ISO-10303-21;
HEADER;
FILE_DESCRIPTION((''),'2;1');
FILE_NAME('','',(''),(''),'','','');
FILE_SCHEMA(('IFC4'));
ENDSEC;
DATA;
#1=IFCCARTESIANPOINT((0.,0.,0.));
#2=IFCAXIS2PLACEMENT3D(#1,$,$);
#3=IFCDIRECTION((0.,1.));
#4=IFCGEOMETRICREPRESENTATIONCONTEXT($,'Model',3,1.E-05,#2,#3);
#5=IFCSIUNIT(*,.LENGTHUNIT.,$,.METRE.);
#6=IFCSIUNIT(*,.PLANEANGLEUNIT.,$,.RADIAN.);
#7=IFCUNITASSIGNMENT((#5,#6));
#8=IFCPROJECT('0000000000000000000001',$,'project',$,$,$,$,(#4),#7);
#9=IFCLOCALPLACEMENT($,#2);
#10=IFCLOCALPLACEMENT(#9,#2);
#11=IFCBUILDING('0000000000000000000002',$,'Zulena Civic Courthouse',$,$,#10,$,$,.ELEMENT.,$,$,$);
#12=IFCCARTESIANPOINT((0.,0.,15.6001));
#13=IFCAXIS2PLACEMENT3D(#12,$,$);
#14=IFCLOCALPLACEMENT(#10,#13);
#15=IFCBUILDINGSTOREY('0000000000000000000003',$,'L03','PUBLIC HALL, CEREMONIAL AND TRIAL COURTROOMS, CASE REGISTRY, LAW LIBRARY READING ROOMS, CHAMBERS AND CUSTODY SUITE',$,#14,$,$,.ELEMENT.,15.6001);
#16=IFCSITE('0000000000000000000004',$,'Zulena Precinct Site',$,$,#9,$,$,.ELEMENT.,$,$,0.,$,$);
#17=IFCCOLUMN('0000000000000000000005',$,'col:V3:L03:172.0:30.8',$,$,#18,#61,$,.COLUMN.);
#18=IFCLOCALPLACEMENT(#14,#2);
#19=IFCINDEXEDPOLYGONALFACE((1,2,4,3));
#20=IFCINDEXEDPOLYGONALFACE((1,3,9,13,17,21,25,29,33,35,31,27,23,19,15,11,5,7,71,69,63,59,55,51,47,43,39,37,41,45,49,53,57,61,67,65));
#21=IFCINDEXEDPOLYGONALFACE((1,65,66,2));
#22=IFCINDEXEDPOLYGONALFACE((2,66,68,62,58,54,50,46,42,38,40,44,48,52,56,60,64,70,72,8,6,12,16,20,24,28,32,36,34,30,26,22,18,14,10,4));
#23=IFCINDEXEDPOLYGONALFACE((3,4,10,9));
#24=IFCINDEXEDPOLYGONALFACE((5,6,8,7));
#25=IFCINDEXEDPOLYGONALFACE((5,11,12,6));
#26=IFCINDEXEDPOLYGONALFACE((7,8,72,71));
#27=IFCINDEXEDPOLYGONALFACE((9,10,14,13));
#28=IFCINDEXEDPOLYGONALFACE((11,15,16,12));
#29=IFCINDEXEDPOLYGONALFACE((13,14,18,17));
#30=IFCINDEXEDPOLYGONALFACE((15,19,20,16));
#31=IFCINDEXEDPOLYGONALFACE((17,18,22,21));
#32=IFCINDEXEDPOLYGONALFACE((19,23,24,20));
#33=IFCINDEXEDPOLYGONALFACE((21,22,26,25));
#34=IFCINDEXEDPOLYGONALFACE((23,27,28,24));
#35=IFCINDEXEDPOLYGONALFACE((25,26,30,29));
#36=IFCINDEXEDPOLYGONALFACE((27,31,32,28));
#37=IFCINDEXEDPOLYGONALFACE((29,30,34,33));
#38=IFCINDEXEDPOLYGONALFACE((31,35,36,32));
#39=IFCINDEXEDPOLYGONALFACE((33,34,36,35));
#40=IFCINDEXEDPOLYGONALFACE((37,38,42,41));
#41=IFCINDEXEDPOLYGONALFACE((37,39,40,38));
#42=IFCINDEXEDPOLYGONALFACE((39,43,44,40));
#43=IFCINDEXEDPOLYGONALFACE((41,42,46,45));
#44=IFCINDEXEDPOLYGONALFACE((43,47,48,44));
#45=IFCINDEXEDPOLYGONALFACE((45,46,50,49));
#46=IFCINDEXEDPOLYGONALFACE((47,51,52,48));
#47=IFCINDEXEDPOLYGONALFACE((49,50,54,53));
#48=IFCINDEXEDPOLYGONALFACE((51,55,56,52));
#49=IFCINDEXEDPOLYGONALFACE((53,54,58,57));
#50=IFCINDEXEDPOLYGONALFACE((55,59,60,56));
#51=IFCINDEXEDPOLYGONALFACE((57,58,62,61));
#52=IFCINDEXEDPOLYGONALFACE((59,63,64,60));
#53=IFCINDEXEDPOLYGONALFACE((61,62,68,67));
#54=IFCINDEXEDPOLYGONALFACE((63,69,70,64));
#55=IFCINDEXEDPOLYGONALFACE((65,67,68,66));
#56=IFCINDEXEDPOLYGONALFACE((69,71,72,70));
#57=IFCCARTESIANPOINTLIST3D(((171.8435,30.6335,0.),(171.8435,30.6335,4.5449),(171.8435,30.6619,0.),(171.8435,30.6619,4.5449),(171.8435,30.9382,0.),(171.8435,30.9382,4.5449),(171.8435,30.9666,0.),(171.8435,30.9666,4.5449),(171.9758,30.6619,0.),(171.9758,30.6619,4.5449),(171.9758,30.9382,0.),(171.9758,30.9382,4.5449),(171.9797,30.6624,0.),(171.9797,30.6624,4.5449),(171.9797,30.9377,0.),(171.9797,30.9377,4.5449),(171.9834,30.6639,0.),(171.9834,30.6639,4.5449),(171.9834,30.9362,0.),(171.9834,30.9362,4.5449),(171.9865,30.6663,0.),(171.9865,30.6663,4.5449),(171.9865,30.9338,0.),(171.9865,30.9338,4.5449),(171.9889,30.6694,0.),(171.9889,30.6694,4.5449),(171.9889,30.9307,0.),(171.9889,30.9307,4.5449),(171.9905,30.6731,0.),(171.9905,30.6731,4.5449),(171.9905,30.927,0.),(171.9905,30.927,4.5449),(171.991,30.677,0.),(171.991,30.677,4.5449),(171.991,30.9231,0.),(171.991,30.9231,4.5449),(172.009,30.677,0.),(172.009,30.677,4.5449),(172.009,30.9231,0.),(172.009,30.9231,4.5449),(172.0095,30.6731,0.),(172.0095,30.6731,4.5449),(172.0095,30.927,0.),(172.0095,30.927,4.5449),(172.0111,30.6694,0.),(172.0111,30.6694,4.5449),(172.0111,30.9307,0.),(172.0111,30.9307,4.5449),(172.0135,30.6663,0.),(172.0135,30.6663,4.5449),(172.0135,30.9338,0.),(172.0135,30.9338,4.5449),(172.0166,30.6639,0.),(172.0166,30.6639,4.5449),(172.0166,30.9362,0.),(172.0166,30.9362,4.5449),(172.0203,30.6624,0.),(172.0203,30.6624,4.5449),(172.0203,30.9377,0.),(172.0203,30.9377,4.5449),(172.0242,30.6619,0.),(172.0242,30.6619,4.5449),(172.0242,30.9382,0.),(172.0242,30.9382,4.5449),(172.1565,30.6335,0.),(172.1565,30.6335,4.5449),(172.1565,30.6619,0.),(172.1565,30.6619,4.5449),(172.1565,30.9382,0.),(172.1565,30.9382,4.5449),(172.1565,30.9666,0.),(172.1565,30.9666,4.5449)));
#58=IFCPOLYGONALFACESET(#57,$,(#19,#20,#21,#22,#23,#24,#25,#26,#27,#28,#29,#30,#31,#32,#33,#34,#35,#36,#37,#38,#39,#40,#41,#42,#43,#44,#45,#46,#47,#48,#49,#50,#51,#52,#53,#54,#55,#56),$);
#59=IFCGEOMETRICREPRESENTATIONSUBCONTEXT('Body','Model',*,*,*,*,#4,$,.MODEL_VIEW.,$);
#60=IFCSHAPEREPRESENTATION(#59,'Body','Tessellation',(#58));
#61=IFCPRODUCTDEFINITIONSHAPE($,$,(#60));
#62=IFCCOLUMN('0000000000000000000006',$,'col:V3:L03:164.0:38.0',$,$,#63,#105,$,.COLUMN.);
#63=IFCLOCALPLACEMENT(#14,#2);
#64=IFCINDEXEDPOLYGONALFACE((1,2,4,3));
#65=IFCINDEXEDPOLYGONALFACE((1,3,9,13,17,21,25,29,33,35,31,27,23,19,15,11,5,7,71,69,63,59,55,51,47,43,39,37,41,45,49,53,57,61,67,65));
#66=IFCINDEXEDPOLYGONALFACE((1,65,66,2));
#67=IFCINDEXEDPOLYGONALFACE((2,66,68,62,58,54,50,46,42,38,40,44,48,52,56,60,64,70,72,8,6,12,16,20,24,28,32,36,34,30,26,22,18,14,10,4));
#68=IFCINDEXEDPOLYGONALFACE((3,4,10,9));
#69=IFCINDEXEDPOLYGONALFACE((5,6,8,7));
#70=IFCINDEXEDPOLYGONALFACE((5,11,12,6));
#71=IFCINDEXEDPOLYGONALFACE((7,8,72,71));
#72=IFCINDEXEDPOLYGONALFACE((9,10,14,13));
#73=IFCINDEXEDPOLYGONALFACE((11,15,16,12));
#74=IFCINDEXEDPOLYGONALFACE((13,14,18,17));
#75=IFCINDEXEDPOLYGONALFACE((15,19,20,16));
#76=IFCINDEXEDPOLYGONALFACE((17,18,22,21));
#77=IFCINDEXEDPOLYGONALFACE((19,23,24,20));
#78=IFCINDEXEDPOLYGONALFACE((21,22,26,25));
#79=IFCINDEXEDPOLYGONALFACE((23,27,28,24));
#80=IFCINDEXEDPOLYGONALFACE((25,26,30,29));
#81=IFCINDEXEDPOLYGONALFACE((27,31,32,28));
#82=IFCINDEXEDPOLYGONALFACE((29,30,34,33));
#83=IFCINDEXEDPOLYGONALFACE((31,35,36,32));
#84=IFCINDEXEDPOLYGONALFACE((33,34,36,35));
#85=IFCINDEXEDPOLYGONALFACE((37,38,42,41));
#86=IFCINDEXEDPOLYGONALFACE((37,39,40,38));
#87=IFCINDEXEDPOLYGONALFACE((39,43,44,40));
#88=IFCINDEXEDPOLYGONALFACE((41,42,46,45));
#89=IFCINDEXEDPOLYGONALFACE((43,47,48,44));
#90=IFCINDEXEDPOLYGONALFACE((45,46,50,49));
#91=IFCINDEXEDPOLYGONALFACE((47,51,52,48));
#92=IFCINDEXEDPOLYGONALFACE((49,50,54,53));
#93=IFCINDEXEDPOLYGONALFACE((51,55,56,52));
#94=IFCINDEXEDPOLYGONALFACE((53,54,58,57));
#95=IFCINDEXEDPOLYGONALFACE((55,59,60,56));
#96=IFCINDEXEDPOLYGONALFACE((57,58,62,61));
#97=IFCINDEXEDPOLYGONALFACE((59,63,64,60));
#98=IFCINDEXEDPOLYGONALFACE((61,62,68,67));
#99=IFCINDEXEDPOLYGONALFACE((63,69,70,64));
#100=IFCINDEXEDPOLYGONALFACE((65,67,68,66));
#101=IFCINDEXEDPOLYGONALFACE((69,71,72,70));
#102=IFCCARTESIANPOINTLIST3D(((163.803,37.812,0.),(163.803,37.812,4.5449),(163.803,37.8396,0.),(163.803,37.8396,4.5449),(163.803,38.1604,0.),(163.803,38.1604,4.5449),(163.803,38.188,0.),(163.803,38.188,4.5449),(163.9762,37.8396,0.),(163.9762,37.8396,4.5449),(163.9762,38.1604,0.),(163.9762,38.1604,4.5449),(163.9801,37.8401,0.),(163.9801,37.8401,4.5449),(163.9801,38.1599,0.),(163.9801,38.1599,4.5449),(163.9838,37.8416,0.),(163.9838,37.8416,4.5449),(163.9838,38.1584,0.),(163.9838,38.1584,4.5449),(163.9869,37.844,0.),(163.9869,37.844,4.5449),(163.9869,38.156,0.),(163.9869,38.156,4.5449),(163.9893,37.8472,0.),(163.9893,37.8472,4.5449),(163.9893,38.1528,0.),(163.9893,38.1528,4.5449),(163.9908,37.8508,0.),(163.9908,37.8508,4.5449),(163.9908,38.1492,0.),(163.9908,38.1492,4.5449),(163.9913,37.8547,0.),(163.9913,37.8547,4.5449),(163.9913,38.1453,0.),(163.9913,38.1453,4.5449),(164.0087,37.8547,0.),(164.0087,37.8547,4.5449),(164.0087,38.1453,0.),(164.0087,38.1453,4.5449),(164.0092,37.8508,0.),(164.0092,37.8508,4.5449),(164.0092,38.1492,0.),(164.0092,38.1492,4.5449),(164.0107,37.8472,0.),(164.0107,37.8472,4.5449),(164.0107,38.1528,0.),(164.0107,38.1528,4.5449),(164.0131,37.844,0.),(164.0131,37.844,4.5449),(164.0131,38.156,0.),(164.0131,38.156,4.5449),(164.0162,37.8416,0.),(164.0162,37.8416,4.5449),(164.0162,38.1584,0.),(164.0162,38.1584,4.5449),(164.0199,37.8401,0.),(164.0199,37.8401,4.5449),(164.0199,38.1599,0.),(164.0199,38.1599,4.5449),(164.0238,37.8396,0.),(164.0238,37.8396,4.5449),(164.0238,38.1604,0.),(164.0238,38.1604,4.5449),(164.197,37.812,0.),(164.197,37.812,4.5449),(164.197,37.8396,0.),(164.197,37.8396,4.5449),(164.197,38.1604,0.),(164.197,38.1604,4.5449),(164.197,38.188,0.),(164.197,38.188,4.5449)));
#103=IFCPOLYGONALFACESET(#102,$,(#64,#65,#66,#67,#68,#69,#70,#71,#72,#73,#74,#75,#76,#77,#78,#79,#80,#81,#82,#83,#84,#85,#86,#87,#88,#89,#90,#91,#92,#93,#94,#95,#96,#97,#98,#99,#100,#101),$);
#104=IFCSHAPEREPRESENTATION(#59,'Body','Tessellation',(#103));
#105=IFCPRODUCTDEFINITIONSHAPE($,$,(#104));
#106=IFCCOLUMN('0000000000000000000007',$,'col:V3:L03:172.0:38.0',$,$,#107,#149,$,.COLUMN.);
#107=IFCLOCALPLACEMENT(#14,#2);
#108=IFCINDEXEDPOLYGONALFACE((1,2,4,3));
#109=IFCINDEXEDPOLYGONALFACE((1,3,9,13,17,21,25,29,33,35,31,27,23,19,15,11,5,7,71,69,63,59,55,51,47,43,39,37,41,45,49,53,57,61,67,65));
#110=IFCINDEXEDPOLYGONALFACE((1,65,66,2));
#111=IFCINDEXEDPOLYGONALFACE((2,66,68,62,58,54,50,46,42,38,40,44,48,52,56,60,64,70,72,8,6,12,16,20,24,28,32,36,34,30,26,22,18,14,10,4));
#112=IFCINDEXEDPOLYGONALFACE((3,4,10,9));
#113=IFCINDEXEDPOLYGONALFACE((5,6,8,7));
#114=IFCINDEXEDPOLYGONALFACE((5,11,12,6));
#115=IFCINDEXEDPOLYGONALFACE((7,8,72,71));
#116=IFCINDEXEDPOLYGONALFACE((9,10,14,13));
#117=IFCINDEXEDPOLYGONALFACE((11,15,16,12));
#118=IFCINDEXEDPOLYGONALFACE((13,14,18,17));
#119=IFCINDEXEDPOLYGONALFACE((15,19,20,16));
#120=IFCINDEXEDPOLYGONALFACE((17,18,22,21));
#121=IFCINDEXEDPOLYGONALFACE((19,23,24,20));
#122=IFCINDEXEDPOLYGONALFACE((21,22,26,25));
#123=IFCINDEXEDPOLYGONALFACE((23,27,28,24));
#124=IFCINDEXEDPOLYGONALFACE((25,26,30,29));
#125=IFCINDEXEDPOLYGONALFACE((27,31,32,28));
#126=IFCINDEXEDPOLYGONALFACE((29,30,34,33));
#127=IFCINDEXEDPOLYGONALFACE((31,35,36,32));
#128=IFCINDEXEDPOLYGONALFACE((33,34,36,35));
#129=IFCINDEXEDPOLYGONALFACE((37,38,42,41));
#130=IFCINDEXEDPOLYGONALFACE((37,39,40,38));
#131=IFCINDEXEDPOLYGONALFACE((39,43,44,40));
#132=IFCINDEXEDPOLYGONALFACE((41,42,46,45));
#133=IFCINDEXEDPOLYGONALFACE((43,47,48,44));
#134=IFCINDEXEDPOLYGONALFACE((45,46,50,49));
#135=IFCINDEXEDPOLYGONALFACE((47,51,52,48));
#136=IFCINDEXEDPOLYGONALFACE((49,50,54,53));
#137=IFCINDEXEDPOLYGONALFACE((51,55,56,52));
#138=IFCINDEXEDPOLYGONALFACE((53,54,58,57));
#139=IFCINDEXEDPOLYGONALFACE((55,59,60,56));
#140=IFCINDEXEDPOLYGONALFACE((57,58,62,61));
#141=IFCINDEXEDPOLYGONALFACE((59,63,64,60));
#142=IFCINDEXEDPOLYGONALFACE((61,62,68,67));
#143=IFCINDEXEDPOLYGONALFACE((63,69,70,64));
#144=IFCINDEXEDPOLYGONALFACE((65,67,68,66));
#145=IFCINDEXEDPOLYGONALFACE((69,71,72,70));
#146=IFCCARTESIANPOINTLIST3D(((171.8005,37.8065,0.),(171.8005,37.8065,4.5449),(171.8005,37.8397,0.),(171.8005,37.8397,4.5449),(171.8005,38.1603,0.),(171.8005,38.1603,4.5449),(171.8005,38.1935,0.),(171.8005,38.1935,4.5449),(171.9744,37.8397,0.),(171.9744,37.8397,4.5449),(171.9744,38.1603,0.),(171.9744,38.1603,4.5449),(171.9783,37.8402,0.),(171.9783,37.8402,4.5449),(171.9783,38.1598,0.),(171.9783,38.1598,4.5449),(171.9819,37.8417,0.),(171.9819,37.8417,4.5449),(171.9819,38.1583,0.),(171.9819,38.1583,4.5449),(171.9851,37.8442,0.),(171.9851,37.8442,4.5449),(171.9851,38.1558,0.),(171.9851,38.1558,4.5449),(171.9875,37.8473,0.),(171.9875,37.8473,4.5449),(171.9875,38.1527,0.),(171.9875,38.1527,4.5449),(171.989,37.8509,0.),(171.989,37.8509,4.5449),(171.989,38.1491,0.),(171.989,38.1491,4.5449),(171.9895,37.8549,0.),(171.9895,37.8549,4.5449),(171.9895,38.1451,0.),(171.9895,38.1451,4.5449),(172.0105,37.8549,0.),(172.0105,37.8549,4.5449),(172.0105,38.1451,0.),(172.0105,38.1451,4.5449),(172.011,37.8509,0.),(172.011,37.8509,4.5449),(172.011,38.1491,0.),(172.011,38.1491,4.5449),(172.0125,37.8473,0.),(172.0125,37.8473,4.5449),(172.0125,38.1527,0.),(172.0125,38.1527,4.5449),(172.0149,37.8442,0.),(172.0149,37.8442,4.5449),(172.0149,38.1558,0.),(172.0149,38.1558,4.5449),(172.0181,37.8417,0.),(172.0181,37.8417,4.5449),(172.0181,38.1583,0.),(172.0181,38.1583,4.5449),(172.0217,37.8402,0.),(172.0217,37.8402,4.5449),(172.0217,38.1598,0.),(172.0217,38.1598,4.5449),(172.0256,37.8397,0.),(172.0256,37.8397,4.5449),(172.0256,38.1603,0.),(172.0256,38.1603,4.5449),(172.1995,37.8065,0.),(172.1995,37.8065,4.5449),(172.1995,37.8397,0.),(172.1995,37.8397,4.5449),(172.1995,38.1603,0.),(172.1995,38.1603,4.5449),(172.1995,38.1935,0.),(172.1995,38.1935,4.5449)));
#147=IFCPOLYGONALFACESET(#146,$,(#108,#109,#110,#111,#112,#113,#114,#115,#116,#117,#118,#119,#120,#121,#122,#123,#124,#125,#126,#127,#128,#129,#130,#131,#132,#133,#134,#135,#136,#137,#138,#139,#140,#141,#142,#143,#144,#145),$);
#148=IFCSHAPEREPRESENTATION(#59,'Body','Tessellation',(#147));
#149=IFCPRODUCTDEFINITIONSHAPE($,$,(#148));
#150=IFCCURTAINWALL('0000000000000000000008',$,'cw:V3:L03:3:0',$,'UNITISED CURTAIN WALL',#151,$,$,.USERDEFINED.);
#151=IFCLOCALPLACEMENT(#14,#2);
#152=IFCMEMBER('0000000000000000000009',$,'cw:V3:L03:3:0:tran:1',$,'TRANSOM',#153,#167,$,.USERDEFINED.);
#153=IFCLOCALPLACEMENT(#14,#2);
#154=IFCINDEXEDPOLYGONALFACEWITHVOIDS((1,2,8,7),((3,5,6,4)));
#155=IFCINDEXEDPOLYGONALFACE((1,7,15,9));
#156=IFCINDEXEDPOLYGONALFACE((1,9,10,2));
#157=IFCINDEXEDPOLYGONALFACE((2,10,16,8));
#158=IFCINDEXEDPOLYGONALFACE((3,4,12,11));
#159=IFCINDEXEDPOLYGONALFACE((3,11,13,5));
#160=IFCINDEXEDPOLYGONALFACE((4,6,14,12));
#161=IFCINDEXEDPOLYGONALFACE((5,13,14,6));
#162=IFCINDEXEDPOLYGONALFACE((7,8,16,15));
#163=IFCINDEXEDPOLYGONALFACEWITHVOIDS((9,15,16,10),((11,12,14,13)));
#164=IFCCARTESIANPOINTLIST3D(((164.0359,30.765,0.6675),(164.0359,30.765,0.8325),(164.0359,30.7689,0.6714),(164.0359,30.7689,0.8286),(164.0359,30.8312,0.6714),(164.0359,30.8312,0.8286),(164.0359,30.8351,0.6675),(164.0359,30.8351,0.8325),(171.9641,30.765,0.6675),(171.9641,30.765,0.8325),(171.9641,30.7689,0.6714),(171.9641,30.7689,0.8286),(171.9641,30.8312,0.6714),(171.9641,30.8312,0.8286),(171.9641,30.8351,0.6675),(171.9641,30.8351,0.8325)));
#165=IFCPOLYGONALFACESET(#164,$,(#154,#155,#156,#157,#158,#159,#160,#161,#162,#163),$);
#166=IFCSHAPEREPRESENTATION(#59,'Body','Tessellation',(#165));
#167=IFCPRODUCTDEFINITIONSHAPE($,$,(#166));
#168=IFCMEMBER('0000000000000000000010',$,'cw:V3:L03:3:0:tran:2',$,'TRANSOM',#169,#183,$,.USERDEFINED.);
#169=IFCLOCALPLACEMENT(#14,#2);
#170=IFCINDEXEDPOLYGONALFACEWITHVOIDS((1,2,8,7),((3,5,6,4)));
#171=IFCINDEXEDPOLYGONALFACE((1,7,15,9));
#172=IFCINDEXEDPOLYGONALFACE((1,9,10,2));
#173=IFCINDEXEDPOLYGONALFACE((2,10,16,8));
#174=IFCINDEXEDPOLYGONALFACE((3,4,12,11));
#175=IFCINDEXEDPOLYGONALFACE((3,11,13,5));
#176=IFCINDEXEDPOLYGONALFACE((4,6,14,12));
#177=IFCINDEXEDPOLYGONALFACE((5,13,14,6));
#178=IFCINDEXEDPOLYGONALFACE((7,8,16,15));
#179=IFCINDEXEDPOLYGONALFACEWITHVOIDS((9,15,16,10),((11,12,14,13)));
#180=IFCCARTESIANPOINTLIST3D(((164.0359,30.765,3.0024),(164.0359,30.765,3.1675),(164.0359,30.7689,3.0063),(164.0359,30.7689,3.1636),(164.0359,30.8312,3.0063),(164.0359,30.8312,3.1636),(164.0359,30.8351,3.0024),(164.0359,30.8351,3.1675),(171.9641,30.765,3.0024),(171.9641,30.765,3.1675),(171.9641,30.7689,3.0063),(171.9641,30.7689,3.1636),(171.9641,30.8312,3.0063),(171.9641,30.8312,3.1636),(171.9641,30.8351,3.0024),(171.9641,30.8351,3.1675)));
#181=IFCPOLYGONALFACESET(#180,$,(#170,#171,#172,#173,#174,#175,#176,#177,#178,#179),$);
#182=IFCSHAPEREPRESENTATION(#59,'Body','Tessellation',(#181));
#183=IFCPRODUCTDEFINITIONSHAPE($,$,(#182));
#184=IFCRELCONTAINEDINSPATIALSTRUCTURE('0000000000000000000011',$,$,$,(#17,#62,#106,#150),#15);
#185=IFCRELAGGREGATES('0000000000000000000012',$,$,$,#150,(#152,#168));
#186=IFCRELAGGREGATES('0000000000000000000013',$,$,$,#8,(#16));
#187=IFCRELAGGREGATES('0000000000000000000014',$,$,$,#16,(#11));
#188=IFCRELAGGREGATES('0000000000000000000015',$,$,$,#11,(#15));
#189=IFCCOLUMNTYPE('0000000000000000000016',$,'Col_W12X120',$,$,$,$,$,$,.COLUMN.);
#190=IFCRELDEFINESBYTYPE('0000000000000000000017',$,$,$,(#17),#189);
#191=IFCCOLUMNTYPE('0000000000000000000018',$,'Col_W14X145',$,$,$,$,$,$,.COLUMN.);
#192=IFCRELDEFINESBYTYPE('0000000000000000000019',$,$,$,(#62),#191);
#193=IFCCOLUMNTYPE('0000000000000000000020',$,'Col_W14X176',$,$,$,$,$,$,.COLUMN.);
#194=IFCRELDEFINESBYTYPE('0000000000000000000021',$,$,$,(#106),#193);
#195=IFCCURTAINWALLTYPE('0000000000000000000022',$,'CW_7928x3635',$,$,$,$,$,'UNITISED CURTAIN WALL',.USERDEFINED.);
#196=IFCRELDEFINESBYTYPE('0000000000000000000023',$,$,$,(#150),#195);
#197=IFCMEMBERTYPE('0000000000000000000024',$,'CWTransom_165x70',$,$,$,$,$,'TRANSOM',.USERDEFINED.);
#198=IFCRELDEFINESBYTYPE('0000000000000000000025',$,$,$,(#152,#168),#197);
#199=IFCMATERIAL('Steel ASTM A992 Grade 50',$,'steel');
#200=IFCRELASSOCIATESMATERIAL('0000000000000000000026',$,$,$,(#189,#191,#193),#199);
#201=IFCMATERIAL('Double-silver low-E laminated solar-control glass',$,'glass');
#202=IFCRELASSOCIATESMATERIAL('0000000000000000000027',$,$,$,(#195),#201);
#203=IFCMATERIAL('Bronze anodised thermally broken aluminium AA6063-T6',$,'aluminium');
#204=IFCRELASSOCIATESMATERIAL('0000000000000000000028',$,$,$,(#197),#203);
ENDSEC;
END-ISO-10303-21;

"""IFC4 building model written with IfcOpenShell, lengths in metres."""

from ifc_helpers import new_model, si_unit, direction, frame, origin, origin_2d, place, context, subcontext, project, spatial, hollow_rectangle, i_section, extrude, material, material_profile, profile_set, type_object, element, aggregate, save


model = new_model("IFC4")

# Units and contexts
model_context = context("Model", 3, precision=1e-05, world=origin(), true_north=direction((0.0, 1.0)))
body_context = subcontext(model_context, "Body", "Model", "MODEL_VIEW")
ifc_project = project(units=[si_unit("LENGTHUNIT", "METRE"), si_unit("PLANEANGLEUNIT", "RADIAN")], contexts=[model_context])

# Site, building, storey
site_placement = place(None, origin())
site = spatial("IfcSite", under=ifc_project, at=site_placement, Name="Zulena Precinct Site", CompositionType="ELEMENT", RefElevation=0.0)
building_placement = place(site_placement, origin())
building = spatial("IfcBuilding", under=site, at=building_placement, Name="Zulena Civic Courthouse", CompositionType="ELEMENT")
storey_placement = place(building_placement, frame((0.0, 0.0, 15.6001)))
storey = spatial("IfcBuildingStorey", under=building, at=storey_placement, Name="L03", Description="PUBLIC HALL, CEREMONIAL AND TRIAL COURTROOMS, CASE REGISTRY, LAW LIBRARY READING ROOMS, CHAMBERS AND CUSTODY SUITE", CompositionType="ELEMENT", Elevation=15.6001)

# Columns
ifc_material_1 = material(Name="Steel ASTM A992 Grade 50", Category="steel")
ifc_material_profile_1 = material_profile(ifc_material_1, i_section(OverallWidth=0.313, OverallDepth=0.333, WebThickness=0.0181, FlangeThickness=0.0283, FilletRadius=0.0151, at=origin_2d()), Name="W12X120")
ifc_profile_set_1 = profile_set([ifc_material_profile_1], Name="Steel ASTM A992 Grade 50")
column_type_1 = type_object("IfcColumnType", Name="Col_W12X120", PredefinedType="COLUMN", material=ifc_profile_set_1)
column_1_placement = place(storey_placement, frame((172.0, 30.8, 0.0), z_axis=(0.0, 0.0, 1.0), x_axis=(1.0, 0.0, 0.0)))
element("IfcColumn", 1, at=column_1_placement, inside=storey, type_object=column_type_1, Name="col:V3:L03:172.0:30.8", PredefinedType="COLUMN", context=body_context, shape_type="SweptSolid", body=[
    extrude(i_section(OverallWidth=0.313, OverallDepth=0.333, WebThickness=0.0181, FlangeThickness=0.0283, FilletRadius=0.0151, at=origin_2d()), origin(), (0.0, 0.0, 1.0), 4.5449),
])
ifc_material_profile_2 = material_profile(ifc_material_1, i_section(OverallWidth=0.394, OverallDepth=0.376, WebThickness=0.0173, FlangeThickness=0.0276, FilletRadius=0.0151, at=origin_2d()), Name="W14X145")
ifc_profile_set_2 = profile_set([ifc_material_profile_2], Name="Steel ASTM A992 Grade 50")
column_type_2 = type_object("IfcColumnType", Name="Col_W14X145", PredefinedType="COLUMN", material=ifc_profile_set_2)
column_2_placement = place(storey_placement, frame((164.0, 38.0, 0.0), z_axis=(0.0, 0.0, 1.0), x_axis=(1.0, 0.0, 0.0)))
element("IfcColumn", 2, at=column_2_placement, inside=storey, type_object=column_type_2, Name="col:V3:L03:164.0:38.0", PredefinedType="COLUMN", context=body_context, shape_type="SweptSolid", body=[
    extrude(i_section(OverallWidth=0.394, OverallDepth=0.376, WebThickness=0.0173, FlangeThickness=0.0276, FilletRadius=0.0151, at=origin_2d()), origin(), (0.0, 0.0, 1.0), 4.5449),
])
ifc_material_profile_3 = material_profile(ifc_material_1, i_section(OverallWidth=0.3989, OverallDepth=0.387, WebThickness=0.021, FlangeThickness=0.0332, FilletRadius=0.0151, at=origin_2d()), Name="W14X176")
ifc_profile_set_3 = profile_set([ifc_material_profile_3], Name="Steel ASTM A992 Grade 50")
column_type_3 = type_object("IfcColumnType", Name="Col_W14X176", PredefinedType="COLUMN", material=ifc_profile_set_3)
column_3_placement = place(storey_placement, frame((172.0, 38.0, 0.0), z_axis=(0.0, 0.0, 1.0), x_axis=(1.0, 0.0, 0.0)))
element("IfcColumn", 3, at=column_3_placement, inside=storey, type_object=column_type_3, Name="col:V3:L03:172.0:38.0", PredefinedType="COLUMN", context=body_context, shape_type="SweptSolid", body=[
    extrude(i_section(OverallWidth=0.3989, OverallDepth=0.387, WebThickness=0.021, FlangeThickness=0.0332, FilletRadius=0.0151, at=origin_2d()), origin(), (0.0, 0.0, 1.0), 4.5449),
])

# Curtain wall, members
ifc_material_2 = material(Name="Double-silver low-E laminated solar-control glass", Category="glass")
curtain_wall_type = type_object("IfcCurtainWallType", Name="CW_7928x3635", ElementType="UNITISED CURTAIN WALL", PredefinedType="USERDEFINED", material=ifc_material_2)
curtain_wall_placement = place(storey_placement, origin())
curtain_wall = element("IfcCurtainWall", 4, at=curtain_wall_placement, inside=storey, type_object=curtain_wall_type, Name="cw:V3:L03:3:0", ObjectType="UNITISED CURTAIN WALL", PredefinedType="USERDEFINED")
ifc_material_3 = material(Name="Bronze anodised thermally broken aluminium AA6063-T6", Category="aluminium")
ifc_material_profile_4 = material_profile(ifc_material_3, hollow_rectangle(XDim=0.0701, YDim=0.165, WallThickness=0.0039, at=origin_2d()), Name="CWT165X70X4")
ifc_profile_set_4 = profile_set([ifc_material_profile_4], Name="Bronze anodised thermally broken aluminium AA6063-T6")
member_type = type_object("IfcMemberType", Name="CWTransom_165x70", ElementType="TRANSOM", PredefinedType="USERDEFINED", material=ifc_profile_set_4)
member_1_placement = place(storey_placement, frame((171.9641, 30.8, 0.75), z_axis=(-1.0, 0.0, 0.0), x_axis=(0.0, -1.0, 0.0)))
member_1 = element("IfcMember", 5, at=member_1_placement, type_object=member_type, Name="cw:V3:L03:3:0:tran:1", ObjectType="TRANSOM", PredefinedType="USERDEFINED", context=body_context, shape_type="SweptSolid", body=[
    extrude(hollow_rectangle(XDim=0.0701, YDim=0.165, WallThickness=0.0039, at=origin_2d()), origin(), (0.0, 0.0, 1.0), 7.9282),
])
member_2_placement = place(storey_placement, frame((171.9641, 30.8, 3.085), z_axis=(-1.0, 0.0, 0.0), x_axis=(0.0, -1.0, 0.0)))
member_2 = element("IfcMember", 6, at=member_2_placement, type_object=member_type, Name="cw:V3:L03:3:0:tran:2", ObjectType="TRANSOM", PredefinedType="USERDEFINED", context=body_context, shape_type="SweptSolid", body=[
    extrude(hollow_rectangle(XDim=0.0701, YDim=0.165, WallThickness=0.0039, at=origin_2d()), origin(), (0.0, 0.0, 1.0), 7.9282),
])
aggregate(curtain_wall, [member_1, member_2])

save(model, "model.ifc")
